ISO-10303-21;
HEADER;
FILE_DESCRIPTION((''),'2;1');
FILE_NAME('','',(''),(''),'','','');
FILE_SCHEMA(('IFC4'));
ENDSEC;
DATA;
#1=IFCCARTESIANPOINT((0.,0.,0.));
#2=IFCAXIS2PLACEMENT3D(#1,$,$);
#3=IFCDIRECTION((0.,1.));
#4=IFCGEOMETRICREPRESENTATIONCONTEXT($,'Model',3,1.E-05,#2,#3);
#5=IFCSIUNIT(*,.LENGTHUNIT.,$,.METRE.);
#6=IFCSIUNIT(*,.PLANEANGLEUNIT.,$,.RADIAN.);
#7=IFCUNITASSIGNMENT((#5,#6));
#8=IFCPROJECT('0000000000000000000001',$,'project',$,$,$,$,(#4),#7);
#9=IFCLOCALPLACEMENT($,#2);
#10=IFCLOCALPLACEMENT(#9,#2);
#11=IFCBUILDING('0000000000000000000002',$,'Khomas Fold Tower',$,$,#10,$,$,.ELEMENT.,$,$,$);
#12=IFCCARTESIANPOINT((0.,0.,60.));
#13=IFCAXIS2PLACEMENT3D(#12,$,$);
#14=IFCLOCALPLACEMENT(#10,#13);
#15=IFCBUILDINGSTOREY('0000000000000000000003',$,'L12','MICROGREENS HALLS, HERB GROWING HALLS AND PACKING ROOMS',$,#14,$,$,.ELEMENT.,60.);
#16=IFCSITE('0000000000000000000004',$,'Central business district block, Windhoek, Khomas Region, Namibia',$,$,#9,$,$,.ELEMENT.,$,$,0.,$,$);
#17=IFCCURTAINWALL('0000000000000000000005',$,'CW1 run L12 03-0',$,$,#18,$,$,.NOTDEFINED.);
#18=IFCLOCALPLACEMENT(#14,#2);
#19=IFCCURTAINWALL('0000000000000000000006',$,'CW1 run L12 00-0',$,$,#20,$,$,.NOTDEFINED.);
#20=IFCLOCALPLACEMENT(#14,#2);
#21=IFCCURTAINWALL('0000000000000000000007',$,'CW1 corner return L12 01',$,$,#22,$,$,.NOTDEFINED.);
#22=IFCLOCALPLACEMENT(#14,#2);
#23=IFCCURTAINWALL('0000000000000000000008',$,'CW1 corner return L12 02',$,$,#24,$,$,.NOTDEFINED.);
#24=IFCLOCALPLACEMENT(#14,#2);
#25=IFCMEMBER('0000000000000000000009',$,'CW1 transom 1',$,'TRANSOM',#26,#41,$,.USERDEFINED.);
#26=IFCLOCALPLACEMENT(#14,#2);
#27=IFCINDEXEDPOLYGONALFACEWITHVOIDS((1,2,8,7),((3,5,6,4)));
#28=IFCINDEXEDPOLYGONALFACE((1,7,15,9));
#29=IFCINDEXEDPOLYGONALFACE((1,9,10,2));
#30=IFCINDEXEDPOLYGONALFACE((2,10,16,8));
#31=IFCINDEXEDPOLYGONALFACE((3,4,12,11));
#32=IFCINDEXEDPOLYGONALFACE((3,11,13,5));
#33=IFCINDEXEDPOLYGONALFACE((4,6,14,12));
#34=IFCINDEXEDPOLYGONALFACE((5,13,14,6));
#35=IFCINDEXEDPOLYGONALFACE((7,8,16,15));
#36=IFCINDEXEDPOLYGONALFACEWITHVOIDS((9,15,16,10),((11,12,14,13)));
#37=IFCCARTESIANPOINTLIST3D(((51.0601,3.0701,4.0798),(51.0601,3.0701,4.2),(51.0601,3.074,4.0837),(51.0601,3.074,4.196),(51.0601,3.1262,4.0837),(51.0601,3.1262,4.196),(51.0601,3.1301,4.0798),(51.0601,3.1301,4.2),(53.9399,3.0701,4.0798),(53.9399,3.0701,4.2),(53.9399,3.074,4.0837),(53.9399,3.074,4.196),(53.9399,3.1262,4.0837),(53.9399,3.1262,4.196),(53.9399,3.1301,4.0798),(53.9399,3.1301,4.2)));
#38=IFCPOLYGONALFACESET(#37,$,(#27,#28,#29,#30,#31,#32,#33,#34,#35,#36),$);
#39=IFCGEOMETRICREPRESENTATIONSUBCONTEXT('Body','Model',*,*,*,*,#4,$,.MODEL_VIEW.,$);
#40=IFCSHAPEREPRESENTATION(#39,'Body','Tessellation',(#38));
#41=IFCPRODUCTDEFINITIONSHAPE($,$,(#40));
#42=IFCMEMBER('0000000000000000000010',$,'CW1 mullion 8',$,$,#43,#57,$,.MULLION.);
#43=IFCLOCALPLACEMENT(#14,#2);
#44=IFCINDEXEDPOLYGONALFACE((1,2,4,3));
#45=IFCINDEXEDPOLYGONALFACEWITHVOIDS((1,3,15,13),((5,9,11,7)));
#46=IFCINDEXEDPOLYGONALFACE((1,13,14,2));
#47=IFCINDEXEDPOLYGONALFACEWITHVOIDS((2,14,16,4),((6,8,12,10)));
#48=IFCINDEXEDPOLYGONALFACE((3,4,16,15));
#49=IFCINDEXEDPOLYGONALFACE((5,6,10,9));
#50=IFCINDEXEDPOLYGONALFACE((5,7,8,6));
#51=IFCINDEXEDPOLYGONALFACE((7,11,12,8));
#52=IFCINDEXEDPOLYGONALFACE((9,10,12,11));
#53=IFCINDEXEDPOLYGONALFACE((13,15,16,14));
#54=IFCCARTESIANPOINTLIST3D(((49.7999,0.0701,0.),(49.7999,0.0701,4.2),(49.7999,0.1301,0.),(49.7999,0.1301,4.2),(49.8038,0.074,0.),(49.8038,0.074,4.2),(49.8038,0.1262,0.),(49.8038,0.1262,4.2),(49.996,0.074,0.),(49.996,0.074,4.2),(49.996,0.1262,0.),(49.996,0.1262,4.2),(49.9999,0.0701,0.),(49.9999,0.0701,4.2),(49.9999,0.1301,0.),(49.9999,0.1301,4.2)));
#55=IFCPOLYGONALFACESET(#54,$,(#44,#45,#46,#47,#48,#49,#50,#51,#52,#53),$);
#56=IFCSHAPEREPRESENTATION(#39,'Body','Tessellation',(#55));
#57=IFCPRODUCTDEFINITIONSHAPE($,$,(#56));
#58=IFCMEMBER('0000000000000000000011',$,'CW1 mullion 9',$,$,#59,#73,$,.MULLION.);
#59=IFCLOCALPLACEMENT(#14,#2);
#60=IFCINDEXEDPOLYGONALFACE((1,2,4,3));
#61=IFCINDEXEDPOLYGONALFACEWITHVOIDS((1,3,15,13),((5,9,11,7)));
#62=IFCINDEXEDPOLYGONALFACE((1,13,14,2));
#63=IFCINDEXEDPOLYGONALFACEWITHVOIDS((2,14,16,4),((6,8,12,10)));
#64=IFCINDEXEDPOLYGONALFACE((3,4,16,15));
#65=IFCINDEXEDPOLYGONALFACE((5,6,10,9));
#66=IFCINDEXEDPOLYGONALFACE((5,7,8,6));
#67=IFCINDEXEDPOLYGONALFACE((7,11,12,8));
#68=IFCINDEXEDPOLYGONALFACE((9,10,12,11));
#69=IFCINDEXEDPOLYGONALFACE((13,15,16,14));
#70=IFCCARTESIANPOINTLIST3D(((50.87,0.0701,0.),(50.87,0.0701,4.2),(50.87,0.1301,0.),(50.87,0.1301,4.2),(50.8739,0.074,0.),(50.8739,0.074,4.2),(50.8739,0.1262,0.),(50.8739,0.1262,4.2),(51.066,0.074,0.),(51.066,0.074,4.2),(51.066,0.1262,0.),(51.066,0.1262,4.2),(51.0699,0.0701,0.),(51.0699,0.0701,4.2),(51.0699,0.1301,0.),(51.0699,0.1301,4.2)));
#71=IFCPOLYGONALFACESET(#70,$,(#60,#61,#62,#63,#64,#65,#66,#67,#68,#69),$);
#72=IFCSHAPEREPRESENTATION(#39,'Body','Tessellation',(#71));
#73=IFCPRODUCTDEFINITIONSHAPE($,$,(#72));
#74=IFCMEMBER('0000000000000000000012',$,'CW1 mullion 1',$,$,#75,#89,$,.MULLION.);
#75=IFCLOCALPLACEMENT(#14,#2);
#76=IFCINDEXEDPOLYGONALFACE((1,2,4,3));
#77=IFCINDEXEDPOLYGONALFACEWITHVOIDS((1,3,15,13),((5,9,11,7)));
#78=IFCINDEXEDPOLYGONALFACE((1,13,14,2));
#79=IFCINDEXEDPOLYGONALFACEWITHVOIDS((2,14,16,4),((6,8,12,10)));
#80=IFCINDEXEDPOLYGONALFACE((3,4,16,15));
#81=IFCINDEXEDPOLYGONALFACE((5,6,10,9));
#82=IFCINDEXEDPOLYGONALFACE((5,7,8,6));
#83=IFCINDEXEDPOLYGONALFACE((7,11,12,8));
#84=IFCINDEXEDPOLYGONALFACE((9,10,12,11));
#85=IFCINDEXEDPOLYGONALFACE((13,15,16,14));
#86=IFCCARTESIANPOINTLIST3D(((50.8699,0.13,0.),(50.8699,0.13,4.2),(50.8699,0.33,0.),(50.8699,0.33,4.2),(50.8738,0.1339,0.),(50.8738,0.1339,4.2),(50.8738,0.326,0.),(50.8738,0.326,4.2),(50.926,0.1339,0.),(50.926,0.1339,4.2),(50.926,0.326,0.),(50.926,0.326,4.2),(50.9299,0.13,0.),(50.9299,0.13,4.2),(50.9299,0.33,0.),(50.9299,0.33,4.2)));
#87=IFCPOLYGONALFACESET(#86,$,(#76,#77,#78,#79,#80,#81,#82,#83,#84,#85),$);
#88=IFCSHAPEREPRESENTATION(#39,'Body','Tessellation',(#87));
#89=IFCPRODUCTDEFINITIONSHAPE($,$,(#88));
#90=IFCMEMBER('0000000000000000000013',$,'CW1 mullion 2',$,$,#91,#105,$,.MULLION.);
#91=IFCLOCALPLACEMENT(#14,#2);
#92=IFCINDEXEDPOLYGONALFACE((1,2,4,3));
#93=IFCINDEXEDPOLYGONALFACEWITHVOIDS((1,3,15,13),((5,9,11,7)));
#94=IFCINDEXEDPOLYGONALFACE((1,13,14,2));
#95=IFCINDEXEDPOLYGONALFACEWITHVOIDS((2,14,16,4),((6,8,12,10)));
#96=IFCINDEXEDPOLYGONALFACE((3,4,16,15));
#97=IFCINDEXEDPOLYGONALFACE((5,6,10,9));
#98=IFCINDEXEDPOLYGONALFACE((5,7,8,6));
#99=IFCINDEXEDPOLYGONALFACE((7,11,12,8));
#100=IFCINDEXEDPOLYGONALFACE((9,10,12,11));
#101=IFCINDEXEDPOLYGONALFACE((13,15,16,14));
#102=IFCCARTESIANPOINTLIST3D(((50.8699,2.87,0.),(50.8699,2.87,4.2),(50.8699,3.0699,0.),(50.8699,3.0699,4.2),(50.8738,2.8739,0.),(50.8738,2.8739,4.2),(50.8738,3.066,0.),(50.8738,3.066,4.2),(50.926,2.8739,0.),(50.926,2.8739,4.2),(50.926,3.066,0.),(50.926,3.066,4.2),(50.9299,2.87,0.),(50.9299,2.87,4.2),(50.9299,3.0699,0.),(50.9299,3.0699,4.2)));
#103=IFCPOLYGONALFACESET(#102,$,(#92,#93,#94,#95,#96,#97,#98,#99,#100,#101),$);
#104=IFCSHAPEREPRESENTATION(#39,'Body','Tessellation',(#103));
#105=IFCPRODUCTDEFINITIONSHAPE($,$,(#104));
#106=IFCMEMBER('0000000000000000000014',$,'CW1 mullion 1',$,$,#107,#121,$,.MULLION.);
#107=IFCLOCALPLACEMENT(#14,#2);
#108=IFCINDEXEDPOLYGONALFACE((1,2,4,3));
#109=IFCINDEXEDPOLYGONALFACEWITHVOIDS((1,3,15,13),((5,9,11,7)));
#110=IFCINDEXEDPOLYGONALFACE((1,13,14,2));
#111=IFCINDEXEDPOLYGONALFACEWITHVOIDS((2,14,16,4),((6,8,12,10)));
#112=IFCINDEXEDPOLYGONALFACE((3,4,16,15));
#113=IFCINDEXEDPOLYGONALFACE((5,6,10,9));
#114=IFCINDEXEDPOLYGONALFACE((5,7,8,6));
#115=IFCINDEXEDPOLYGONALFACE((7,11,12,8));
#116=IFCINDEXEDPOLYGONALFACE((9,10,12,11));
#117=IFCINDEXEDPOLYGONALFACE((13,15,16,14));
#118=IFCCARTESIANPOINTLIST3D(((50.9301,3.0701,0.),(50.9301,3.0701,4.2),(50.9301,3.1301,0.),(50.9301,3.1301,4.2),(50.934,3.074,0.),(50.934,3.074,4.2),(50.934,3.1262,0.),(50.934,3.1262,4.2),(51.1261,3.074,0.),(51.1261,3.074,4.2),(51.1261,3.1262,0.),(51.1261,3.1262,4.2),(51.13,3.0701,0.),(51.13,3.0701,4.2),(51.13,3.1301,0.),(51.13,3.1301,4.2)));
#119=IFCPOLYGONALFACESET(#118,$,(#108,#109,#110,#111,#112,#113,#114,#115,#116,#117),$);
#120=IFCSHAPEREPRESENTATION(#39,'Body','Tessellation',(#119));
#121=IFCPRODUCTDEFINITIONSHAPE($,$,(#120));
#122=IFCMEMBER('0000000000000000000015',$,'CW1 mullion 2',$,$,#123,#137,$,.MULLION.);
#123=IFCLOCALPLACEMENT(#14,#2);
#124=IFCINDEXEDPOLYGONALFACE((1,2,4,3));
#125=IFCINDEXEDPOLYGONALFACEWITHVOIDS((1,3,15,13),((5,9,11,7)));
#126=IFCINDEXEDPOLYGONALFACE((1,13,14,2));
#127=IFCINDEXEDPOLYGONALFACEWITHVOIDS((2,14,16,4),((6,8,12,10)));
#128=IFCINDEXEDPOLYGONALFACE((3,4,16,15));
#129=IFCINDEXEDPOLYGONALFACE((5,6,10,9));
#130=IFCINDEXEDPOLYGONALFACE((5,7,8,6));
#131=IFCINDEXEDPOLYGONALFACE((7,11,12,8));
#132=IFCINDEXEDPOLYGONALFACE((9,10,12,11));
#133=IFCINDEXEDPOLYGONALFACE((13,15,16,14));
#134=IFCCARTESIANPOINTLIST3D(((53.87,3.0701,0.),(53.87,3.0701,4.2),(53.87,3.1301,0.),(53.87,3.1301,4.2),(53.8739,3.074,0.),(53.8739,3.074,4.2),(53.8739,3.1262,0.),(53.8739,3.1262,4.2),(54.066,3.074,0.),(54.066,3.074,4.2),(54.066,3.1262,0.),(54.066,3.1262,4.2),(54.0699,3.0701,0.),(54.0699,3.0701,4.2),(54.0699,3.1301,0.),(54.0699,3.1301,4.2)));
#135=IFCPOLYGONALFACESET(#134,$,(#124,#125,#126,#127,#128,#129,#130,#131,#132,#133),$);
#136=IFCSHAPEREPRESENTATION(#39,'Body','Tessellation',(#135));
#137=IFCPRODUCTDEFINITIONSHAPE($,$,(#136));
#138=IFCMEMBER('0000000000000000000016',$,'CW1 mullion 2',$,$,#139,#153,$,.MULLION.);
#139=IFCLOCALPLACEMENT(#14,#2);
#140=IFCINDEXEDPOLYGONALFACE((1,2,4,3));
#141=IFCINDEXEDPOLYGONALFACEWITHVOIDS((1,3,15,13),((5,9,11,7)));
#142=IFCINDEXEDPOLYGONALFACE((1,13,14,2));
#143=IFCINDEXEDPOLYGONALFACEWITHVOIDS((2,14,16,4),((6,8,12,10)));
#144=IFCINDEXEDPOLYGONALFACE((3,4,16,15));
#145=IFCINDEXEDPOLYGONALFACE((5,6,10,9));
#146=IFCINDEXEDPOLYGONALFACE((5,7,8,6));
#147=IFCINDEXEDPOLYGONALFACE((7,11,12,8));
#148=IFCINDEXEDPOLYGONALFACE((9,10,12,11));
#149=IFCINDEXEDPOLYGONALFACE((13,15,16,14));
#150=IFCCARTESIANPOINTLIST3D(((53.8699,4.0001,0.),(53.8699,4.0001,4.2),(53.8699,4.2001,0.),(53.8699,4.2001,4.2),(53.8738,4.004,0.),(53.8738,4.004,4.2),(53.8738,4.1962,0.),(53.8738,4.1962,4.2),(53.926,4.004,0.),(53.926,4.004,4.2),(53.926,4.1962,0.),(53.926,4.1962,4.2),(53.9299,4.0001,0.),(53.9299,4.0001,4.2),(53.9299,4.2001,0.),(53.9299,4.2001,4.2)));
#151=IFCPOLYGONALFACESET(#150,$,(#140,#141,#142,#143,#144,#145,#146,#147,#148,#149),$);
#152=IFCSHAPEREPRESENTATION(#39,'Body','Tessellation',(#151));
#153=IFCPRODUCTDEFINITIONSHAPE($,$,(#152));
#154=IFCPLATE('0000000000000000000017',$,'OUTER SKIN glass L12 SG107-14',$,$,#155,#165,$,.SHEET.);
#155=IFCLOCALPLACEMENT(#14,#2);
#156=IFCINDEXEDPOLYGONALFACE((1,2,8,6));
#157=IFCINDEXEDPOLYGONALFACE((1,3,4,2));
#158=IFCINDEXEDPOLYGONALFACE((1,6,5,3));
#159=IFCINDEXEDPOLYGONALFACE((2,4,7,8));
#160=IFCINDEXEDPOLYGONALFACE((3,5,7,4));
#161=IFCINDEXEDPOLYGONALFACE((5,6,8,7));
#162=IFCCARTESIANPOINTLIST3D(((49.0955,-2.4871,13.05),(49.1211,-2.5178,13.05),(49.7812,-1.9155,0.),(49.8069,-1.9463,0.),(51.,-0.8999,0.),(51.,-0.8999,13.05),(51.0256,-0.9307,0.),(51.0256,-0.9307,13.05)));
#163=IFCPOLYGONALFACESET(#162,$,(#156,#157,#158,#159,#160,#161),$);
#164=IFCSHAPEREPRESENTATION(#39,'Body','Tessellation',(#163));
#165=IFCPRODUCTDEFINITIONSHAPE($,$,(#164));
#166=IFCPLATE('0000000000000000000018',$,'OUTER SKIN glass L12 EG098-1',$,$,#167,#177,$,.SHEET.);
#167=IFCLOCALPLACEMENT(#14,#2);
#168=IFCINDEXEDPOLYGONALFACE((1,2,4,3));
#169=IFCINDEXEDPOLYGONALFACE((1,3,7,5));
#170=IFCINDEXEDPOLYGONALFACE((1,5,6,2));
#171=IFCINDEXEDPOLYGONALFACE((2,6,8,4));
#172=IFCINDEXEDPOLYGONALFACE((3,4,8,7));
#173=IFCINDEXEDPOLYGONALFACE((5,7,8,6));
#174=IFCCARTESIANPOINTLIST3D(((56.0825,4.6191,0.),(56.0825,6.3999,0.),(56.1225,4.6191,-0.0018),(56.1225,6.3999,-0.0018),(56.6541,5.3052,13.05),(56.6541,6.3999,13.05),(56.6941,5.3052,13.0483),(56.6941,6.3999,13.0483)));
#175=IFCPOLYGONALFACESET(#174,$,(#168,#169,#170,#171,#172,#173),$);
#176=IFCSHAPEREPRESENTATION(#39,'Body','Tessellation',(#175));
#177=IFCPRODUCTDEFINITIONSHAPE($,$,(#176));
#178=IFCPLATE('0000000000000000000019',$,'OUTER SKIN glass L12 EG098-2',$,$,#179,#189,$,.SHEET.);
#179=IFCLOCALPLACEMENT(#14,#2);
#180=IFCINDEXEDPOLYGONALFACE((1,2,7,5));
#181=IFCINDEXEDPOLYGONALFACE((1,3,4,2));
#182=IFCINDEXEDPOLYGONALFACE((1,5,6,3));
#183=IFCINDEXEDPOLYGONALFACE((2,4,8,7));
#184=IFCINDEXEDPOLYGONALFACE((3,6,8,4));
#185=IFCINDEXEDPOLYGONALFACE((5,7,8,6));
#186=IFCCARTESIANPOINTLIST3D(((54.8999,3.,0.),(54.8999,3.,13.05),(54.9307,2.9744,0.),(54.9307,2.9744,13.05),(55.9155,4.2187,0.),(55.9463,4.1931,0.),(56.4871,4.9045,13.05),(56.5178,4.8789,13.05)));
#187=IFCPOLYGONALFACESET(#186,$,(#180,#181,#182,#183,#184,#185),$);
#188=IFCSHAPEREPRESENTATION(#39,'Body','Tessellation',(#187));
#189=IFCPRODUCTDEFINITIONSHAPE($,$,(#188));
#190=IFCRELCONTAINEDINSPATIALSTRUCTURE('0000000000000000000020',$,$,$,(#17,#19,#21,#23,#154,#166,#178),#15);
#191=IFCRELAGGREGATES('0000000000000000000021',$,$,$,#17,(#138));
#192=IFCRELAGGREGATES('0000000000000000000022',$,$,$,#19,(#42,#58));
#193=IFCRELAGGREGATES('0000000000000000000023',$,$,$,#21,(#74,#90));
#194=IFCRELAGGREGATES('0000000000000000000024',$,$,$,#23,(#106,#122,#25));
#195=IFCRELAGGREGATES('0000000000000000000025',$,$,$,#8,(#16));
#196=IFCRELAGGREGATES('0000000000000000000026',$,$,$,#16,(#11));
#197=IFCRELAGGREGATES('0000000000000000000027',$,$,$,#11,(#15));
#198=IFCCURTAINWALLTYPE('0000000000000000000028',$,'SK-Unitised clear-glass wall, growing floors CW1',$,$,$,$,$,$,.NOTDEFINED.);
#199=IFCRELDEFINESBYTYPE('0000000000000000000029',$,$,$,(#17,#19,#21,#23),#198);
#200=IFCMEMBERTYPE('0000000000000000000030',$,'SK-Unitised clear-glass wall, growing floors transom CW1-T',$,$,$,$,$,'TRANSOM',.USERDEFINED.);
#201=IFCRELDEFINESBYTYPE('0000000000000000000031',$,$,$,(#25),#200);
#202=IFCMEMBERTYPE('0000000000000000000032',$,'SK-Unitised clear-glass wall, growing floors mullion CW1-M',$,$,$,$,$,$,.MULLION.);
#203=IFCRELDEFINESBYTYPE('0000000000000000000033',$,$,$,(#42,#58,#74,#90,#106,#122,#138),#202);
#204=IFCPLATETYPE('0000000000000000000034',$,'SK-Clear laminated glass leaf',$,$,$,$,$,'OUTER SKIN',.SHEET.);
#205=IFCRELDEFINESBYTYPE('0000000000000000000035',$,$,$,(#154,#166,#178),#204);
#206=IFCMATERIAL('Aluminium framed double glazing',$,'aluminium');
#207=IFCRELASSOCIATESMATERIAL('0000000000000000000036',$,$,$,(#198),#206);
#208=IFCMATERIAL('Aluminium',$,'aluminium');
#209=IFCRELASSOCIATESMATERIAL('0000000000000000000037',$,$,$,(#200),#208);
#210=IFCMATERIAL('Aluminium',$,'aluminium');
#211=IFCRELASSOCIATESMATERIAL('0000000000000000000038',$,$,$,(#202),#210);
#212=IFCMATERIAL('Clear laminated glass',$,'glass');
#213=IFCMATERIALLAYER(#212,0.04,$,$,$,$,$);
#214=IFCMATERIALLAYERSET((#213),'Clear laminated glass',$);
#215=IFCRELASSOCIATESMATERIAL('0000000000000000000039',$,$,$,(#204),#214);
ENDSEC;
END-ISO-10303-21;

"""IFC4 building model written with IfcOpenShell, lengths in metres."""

from ifc_helpers import new_model, si_unit, direction, frame, origin, origin_2d, place, context, subcontext, project, spatial, polyline, hollow_rectangle, outline, extrude, source, transform, mapped, material, layer, layer_set, material_profile, profile_set, type_object, element, aggregate, save


model = new_model("IFC4")

# Units and contexts
model_context = context("Model", 3, precision=1e-05, world=origin(), true_north=direction((0.0, 1.0)))
body_context = subcontext(model_context, "Body", "Model", "MODEL_VIEW")
ifc_project = project(units=[si_unit("LENGTHUNIT", "METRE"), si_unit("PLANEANGLEUNIT", "RADIAN")], contexts=[model_context])

# Site, building, storey
site_placement = place(None, origin())
site = spatial("IfcSite", under=ifc_project, at=site_placement, Name="Central business district block, Windhoek, Khomas Region, Namibia", CompositionType="ELEMENT", RefElevation=0.0)
building_placement = place(site_placement, origin())
building = spatial("IfcBuilding", under=site, at=building_placement, Name="Khomas Fold Tower", CompositionType="ELEMENT")
storey_placement = place(building_placement, frame((0.0, 0.0, 60.0)))
storey = spatial("IfcBuildingStorey", under=building, at=storey_placement, Name="L12", Description="MICROGREENS HALLS, HERB GROWING HALLS AND PACKING ROOMS", CompositionType="ELEMENT", Elevation=60.0)

# Curtain wall
ifc_material_1 = material(Name="Aluminium framed double glazing", Category="aluminium")
curtain_wall_type = type_object("IfcCurtainWallType", Name="SK-Unitised clear-glass wall, growing floors CW1", PredefinedType="NOTDEFINED", material=ifc_material_1)
curtain_wall_1_placement = place(storey_placement, origin())
curtain_wall_1 = element("IfcCurtainWall", 1, at=curtain_wall_1_placement, inside=storey, type_object=curtain_wall_type, Name="CW1 run L12 03-0", PredefinedType="NOTDEFINED")
ifc_material_2 = material(Name="Aluminium", Category="aluminium")
ifc_material_profile_1 = material_profile(ifc_material_2, hollow_rectangle(XDim=0.0601, YDim=0.1201, WallThickness=0.0039, at=origin_2d()), Name="SK-Unitised clear-glass wall, growing floors transom CW1-T")
ifc_profile_set_1 = profile_set([ifc_material_profile_1], Name="Aluminium")
member_type_1 = type_object("IfcMemberType", Name="SK-Unitised clear-glass wall, growing floors transom CW1-T", ElementType="TRANSOM", PredefinedType="USERDEFINED", material=ifc_profile_set_1)

# Curtain walls, member
curtain_wall_2_placement = place(storey_placement, origin())
curtain_wall_2 = element("IfcCurtainWall", 2, at=curtain_wall_2_placement, inside=storey, type_object=curtain_wall_type, Name="CW1 run L12 00-0", PredefinedType="NOTDEFINED")
curtain_wall_3_placement = place(storey_placement, origin())
curtain_wall_3 = element("IfcCurtainWall", 3, at=curtain_wall_3_placement, inside=storey, type_object=curtain_wall_type, Name="CW1 corner return L12 01", PredefinedType="NOTDEFINED")
curtain_wall_4_placement = place(storey_placement, origin())
curtain_wall_4 = element("IfcCurtainWall", 4, at=curtain_wall_4_placement, inside=storey, type_object=curtain_wall_type, Name="CW1 corner return L12 02", PredefinedType="NOTDEFINED")
shared_shape_1 = source(origin(), body_context, "Body", "SweptSolid", [
    extrude(hollow_rectangle(XDim=0.0601, YDim=0.1201, WallThickness=0.0039, at=origin_2d()), origin(), (0.0, 0.0, 1.0), 2.8799),
])
member_1_placement = place(storey_placement, frame((51.0601, 3.1001, 4.1399), z_axis=(1.0, 0.0, 0.0), x_axis=(0.0, 1.0, 0.0)))
member_1 = element("IfcMember", 5, at=member_1_placement, type_object=member_type_1, Name="CW1 transom 1", ObjectType="TRANSOM", PredefinedType="USERDEFINED", context=body_context, shape_type="MappedRepresentation", body=[
    mapped(shared_shape_1, transform((0.0, 0.0, 0.0))),
])

# Members
ifc_material_3 = material(Name="Aluminium", Category="aluminium")
ifc_material_profile_2 = material_profile(ifc_material_3, hollow_rectangle(XDim=0.0601, YDim=0.2, WallThickness=0.0039, at=origin_2d()), Name="SK-Unitised clear-glass wall, growing floors mullion CW1-M")
ifc_profile_set_2 = profile_set([ifc_material_profile_2], Name="Aluminium")
member_type_2 = type_object("IfcMemberType", Name="SK-Unitised clear-glass wall, growing floors mullion CW1-M", PredefinedType="MULLION", material=ifc_profile_set_2)
shared_shape_2 = source(origin(), body_context, "Body", "SweptSolid", [
    extrude(hollow_rectangle(XDim=0.0601, YDim=0.2, WallThickness=0.0039, at=origin_2d()), origin(), (0.0, 0.0, 1.0), 4.2),
])
member_2_placement = place(storey_placement, frame((49.8999, 0.1001, 0.0), z_axis=(0.0, 0.0, 1.0), x_axis=(0.0, 1.0, 0.0)))
member_2 = element("IfcMember", 6, at=member_2_placement, type_object=member_type_2, Name="CW1 mullion 8", PredefinedType="MULLION", context=body_context, shape_type="MappedRepresentation", body=[
    mapped(shared_shape_2, transform((0.0, 0.0, 0.0))),
])
member_3_placement = place(storey_placement, frame((50.97, 0.1001, 0.0), z_axis=(0.0, 0.0, 1.0), x_axis=(0.0, 1.0, 0.0)))
member_3 = element("IfcMember", 7, at=member_3_placement, type_object=member_type_2, Name="CW1 mullion 9", PredefinedType="MULLION", context=body_context, shape_type="MappedRepresentation", body=[
    mapped(shared_shape_2, transform((0.0, 0.0, 0.0))),
])
member_4_placement = place(storey_placement, frame((50.8999, 0.23, 0.0), z_axis=(0.0, 0.0, 1.0), x_axis=(-1.0, 0.0, 0.0)))
member_4 = element("IfcMember", 8, at=member_4_placement, type_object=member_type_2, Name="CW1 mullion 1", PredefinedType="MULLION", context=body_context, shape_type="MappedRepresentation", body=[
    mapped(shared_shape_2, transform((0.0, 0.0, 0.0))),
])
member_5_placement = place(storey_placement, frame((50.8999, 2.97, 0.0), z_axis=(0.0, 0.0, 1.0), x_axis=(-1.0, 0.0, 0.0)))
member_5 = element("IfcMember", 9, at=member_5_placement, type_object=member_type_2, Name="CW1 mullion 2", PredefinedType="MULLION", context=body_context, shape_type="MappedRepresentation", body=[
    mapped(shared_shape_2, transform((0.0, 0.0, 0.0))),
])
member_6_placement = place(storey_placement, frame((51.03, 3.1001, 0.0), z_axis=(0.0, 0.0, 1.0), x_axis=(0.0, 1.0, 0.0)))
member_6 = element("IfcMember", 10, at=member_6_placement, type_object=member_type_2, Name="CW1 mullion 1", PredefinedType="MULLION", context=body_context, shape_type="MappedRepresentation", body=[
    mapped(shared_shape_2, transform((0.0, 0.0, 0.0))),
])
member_7_placement = place(storey_placement, frame((53.97, 3.1001, 0.0), z_axis=(0.0, 0.0, 1.0), x_axis=(0.0, 1.0, 0.0)))
member_7 = element("IfcMember", 11, at=member_7_placement, type_object=member_type_2, Name="CW1 mullion 2", PredefinedType="MULLION", context=body_context, shape_type="MappedRepresentation", body=[
    mapped(shared_shape_2, transform((0.0, 0.0, 0.0))),
])
member_8_placement = place(storey_placement, frame((53.8999, 4.1001, 0.0), z_axis=(0.0, 0.0, 1.0), x_axis=(-1.0, 0.0, 0.0)))
member_8 = element("IfcMember", 12, at=member_8_placement, type_object=member_type_2, Name="CW1 mullion 2", PredefinedType="MULLION", context=body_context, shape_type="MappedRepresentation", body=[
    mapped(shared_shape_2, transform((0.0, 0.0, 0.0))),
])

# Plates
ifc_material_4 = material(Name="Clear laminated glass", Category="glass")
ifc_layer_1 = layer(ifc_material_4, 0.04)
ifc_layer_set_1 = layer_set([ifc_layer_1], Name="Clear laminated glass")
plate_type_1 = type_object("IfcPlateType", Name="SK-Clear laminated glass leaf", ElementType="OUTER SKIN", PredefinedType="SHEET", material=ifc_layer_set_1)
plate_1_placement = place(storey_placement, frame((49.7812, -1.9155, 0.0), z_axis=(-0.64019, 0.768216, 0.000001), x_axis=(-0.052429, -0.043693, 0.997668)))
element("IfcPlate", 13, at=plate_1_placement, inside=storey, type_object=plate_type_1, Name="OUTER SKIN glass L12 SG107-14", PredefinedType="SHEET", context=body_context, shape_type="SweptSolid", body=[
    extrude(outline(polyline([(0.0, 0.0), (13.0805, 0.0), (12.9113, 2.4734), (-0.1083, 1.5828), (0.0, 0.0)])), origin(), (0.0, 0.0, -1.0), 0.04),
])
plate_2_placement = place(storey_placement, frame((56.0825, 6.3999, 0.0), z_axis=(-0.999042, 0.0, 0.043754), x_axis=(0.0, -1.0, 0.0)))
element("IfcPlate", 14, at=plate_2_placement, inside=storey, type_object=plate_type_1, Name="OUTER SKIN glass L12 EG098-1", PredefinedType="SHEET", context=body_context, shape_type="SweptSolid", body=[
    extrude(outline(polyline([(0.0, 0.0), (1.7808, 0.0), (1.0947, 13.0626), (0.0, 13.0626), (0.0, 0.0)])), origin(), (0.0, 0.0, -1.0), 0.04),
])
plate_3_placement = place(storey_placement, frame((56.4871, 4.9045, 13.05), z_axis=(-0.768216, 0.64019, 0.000001), x_axis=(-0.043693, -0.052429, -0.997668)))
element("IfcPlate", 15, at=plate_3_placement, inside=storey, type_object=plate_type_1, Name="OUTER SKIN glass L12 EG098-2", PredefinedType="SHEET", context=body_context, shape_type="SweptSolid", body=[
    extrude(outline(polyline([(0.0, 0.0), (13.0805, 0.0), (13.1888, 1.5828), (0.1692, 2.4734), (0.0, 0.0)])), origin(), (0.0, 0.0, -1.0), 0.04),
])

aggregate(curtain_wall_1, [member_8])
aggregate(curtain_wall_2, [member_2, member_3])
aggregate(curtain_wall_3, [member_4, member_5])
aggregate(curtain_wall_4, [member_6, member_7, member_1])

save(model, "model.ifc")
